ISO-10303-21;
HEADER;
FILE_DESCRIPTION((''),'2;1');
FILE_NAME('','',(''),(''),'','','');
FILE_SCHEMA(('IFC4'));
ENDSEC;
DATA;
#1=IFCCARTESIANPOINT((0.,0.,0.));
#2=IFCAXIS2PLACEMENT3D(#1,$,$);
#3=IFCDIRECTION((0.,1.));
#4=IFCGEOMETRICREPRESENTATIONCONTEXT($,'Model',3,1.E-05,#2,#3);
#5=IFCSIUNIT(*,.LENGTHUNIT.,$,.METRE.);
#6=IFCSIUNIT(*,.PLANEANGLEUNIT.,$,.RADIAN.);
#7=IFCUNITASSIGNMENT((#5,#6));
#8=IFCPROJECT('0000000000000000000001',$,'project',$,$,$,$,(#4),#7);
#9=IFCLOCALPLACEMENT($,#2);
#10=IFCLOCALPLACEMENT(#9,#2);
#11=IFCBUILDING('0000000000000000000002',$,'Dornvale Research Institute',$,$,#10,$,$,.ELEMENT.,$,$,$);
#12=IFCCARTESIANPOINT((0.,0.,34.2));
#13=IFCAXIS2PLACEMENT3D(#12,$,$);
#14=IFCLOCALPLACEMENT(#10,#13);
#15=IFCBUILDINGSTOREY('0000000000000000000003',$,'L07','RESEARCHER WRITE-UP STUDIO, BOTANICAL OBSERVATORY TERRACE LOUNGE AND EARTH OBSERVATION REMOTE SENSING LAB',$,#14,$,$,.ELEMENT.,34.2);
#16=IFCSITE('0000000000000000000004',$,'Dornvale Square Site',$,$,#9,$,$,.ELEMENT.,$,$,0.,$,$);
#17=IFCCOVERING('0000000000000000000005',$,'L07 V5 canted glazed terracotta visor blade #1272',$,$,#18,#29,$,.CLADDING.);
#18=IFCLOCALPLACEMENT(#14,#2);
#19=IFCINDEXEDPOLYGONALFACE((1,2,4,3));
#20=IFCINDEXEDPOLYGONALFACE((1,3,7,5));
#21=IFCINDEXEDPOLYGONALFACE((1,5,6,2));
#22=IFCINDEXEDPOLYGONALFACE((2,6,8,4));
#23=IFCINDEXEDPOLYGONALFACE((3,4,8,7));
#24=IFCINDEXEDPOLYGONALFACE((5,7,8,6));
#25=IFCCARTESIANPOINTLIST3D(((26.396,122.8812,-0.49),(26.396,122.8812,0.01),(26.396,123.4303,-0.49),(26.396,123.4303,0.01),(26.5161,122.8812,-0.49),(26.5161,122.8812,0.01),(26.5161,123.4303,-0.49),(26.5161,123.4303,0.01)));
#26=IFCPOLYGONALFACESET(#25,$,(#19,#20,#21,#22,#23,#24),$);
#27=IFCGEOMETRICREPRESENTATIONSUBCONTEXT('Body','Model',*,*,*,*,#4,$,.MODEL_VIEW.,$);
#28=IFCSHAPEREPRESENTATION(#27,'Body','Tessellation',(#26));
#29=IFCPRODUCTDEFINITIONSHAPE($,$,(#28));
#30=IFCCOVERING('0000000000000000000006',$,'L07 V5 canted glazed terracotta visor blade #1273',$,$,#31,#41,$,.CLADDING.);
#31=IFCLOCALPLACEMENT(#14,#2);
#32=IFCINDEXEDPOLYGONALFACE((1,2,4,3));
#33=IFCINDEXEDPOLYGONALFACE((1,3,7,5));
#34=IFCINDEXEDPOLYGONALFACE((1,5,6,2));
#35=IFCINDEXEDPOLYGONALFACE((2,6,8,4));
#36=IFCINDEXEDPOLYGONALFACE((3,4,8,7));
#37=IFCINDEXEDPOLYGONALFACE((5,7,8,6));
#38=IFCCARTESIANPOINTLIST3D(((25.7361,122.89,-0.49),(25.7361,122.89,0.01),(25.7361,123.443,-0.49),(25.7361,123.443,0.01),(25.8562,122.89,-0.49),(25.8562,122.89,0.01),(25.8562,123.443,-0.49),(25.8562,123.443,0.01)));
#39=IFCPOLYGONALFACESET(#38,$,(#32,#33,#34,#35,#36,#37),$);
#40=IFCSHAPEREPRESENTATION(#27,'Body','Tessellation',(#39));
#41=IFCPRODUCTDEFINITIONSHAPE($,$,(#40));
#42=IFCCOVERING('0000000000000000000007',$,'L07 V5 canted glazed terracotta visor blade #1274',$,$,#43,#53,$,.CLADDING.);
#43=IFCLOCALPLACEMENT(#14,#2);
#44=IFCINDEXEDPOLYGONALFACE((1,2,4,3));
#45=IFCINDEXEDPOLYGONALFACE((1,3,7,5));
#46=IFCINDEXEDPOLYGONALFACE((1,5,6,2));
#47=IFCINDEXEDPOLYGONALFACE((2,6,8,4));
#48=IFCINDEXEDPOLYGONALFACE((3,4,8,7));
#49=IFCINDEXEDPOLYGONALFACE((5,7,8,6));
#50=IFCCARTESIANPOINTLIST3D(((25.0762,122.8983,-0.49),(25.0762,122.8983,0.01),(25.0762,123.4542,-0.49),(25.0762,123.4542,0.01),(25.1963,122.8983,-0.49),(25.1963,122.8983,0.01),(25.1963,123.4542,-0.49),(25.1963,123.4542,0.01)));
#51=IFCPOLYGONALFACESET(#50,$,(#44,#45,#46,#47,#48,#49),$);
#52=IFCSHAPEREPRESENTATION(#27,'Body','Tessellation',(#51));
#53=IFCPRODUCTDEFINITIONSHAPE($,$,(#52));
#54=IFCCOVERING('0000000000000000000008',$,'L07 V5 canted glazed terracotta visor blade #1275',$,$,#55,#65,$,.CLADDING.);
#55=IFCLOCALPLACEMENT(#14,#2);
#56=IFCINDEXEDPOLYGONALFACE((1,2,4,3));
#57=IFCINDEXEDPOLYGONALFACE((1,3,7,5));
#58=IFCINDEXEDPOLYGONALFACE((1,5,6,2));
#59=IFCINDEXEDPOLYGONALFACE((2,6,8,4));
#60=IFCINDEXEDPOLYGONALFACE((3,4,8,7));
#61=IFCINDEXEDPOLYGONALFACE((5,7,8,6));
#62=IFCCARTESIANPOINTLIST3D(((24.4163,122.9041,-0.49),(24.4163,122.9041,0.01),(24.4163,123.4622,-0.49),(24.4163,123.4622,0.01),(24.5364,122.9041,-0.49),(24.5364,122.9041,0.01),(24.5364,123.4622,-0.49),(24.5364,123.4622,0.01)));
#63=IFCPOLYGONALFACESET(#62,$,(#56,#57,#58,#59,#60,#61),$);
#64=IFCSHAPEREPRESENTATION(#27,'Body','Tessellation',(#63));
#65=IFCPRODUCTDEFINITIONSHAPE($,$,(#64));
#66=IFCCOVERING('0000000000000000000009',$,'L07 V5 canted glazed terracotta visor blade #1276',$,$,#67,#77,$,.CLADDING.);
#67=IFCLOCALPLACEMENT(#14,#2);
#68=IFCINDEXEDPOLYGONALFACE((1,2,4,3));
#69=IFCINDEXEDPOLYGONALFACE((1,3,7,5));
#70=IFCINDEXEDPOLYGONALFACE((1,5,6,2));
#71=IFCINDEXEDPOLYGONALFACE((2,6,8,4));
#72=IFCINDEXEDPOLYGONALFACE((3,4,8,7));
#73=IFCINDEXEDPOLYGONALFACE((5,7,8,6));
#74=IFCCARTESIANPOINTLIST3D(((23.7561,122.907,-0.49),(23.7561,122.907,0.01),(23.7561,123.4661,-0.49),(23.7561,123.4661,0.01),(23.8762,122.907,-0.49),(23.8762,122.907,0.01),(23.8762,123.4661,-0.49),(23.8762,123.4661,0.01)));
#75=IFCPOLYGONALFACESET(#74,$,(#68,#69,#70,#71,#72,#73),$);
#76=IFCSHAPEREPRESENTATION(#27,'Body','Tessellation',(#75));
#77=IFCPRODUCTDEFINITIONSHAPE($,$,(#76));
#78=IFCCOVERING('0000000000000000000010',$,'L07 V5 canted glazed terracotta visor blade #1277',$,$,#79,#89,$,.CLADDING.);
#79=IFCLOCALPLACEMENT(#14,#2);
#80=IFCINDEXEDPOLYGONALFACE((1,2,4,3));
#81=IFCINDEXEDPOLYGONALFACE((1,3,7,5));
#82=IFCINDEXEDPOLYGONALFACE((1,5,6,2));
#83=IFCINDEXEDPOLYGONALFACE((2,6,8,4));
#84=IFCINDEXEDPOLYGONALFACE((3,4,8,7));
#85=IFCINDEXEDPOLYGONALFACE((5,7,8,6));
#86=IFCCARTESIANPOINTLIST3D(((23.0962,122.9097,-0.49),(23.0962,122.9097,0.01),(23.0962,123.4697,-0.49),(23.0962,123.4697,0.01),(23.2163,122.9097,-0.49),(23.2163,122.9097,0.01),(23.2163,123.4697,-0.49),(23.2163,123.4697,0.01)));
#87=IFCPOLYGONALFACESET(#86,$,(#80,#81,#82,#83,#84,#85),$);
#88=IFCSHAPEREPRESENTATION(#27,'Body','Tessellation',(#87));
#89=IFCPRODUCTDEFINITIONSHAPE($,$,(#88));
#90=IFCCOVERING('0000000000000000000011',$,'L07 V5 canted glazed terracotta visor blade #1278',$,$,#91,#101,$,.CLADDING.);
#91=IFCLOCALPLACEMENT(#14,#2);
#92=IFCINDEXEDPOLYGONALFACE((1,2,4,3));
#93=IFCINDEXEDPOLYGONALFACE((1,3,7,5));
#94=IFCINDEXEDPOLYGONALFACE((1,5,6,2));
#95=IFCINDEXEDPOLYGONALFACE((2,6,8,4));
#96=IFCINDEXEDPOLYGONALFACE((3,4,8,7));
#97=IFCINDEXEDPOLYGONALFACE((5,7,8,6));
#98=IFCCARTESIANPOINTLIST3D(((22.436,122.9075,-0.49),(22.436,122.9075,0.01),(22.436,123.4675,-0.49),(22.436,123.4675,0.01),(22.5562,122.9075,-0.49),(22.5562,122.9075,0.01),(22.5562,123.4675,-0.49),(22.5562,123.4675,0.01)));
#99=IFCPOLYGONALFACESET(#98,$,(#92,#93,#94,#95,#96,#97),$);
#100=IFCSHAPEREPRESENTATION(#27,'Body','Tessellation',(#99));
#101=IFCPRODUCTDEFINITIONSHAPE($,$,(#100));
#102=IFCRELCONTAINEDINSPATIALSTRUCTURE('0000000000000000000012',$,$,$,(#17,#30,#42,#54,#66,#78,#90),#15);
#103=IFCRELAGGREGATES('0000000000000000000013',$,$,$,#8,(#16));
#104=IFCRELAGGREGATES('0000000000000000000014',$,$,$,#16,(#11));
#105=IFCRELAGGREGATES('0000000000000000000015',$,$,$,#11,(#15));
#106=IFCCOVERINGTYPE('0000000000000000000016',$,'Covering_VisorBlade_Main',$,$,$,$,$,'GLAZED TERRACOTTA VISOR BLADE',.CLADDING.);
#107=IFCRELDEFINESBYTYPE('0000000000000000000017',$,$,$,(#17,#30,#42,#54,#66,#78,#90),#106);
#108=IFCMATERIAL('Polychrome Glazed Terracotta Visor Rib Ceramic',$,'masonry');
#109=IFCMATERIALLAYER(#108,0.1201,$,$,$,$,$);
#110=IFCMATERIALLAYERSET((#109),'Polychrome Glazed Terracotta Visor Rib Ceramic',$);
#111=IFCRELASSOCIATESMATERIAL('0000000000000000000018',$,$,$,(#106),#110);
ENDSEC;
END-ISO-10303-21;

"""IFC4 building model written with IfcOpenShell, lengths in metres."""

from ifc_helpers import new_model, si_unit, direction, frame, origin, origin_2d, place, context, subcontext, project, spatial, rectangle, extrude, material, layer, layer_set, type_object, element, save


model = new_model("IFC4")

# Units and contexts
model_context = context("Model", 3, precision=1e-05, world=origin(), true_north=direction((0.0, 1.0)))
body_context = subcontext(model_context, "Body", "Model", "MODEL_VIEW")
ifc_project = project(units=[si_unit("LENGTHUNIT", "METRE"), si_unit("PLANEANGLEUNIT", "RADIAN")], contexts=[model_context])

# Site, building, storey
site_placement = place(None, origin())
site = spatial("IfcSite", under=ifc_project, at=site_placement, Name="Dornvale Square Site", CompositionType="ELEMENT", RefElevation=0.0)
building_placement = place(site_placement, origin())
building = spatial("IfcBuilding", under=site, at=building_placement, Name="Dornvale Research Institute", CompositionType="ELEMENT")
storey_placement = place(building_placement, frame((0.0, 0.0, 34.2)))
storey = spatial("IfcBuildingStorey", under=building, at=storey_placement, Name="L07", Description="RESEARCHER WRITE-UP STUDIO, BOTANICAL OBSERVATORY TERRACE LOUNGE AND EARTH OBSERVATION REMOTE SENSING LAB", CompositionType="ELEMENT", Elevation=34.2)

# Coverings
ifc_material_1 = material(Name="Polychrome Glazed Terracotta Visor Rib Ceramic", Category="masonry")
ifc_layer = layer(ifc_material_1, 0.1201)
ifc_layer_set = layer_set([ifc_layer], Name="Polychrome Glazed Terracotta Visor Rib Ceramic")
covering_type = type_object("IfcCoveringType", Name="Covering_VisorBlade_Main", ElementType="GLAZED TERRACOTTA VISOR BLADE", PredefinedType="CLADDING", material=ifc_layer_set)
covering_1_placement = place(storey_placement, frame((26.4561, 123.1558, -0.49), z_axis=(0.0, 0.0, 1.0), x_axis=(0.0, 1.0, 0.0)))
element("IfcCovering", 1, at=covering_1_placement, inside=storey, type_object=covering_type, Name="L07 V5 canted glazed terracotta visor blade #1272", PredefinedType="CLADDING", context=body_context, shape_type="SweptSolid", body=[
    extrude(rectangle(XDim=0.5491, YDim=0.1201, at=origin_2d()), origin(), (0.0, 0.0, 1.0), 0.5),
])
covering_2_placement = place(storey_placement, frame((25.7961, 123.1665, -0.49), z_axis=(0.0, 0.0, 1.0), x_axis=(0.0, 1.0, 0.0)))
element("IfcCovering", 2, at=covering_2_placement, inside=storey, type_object=covering_type, Name="L07 V5 canted glazed terracotta visor blade #1273", PredefinedType="CLADDING", context=body_context, shape_type="SweptSolid", body=[
    extrude(rectangle(XDim=0.553, YDim=0.1201, at=origin_2d()), origin(), (0.0, 0.0, 1.0), 0.5),
])
covering_3_placement = place(storey_placement, frame((25.1362, 123.1763, -0.49), z_axis=(0.0, 0.0, 1.0), x_axis=(0.0, 1.0, 0.0)))
element("IfcCovering", 3, at=covering_3_placement, inside=storey, type_object=covering_type, Name="L07 V5 canted glazed terracotta visor blade #1274", PredefinedType="CLADDING", context=body_context, shape_type="SweptSolid", body=[
    extrude(rectangle(XDim=0.5559, YDim=0.1201, at=origin_2d()), origin(), (0.0, 0.0, 1.0), 0.5),
])
covering_4_placement = place(storey_placement, frame((24.4763, 123.1831, -0.49), z_axis=(0.0, 0.0, 1.0), x_axis=(0.0, 1.0, 0.0)))
element("IfcCovering", 4, at=covering_4_placement, inside=storey, type_object=covering_type, Name="L07 V5 canted glazed terracotta visor blade #1275", PredefinedType="CLADDING", context=body_context, shape_type="SweptSolid", body=[
    extrude(rectangle(XDim=0.5581, YDim=0.1201, at=origin_2d()), origin(), (0.0, 0.0, 1.0), 0.5),
])
covering_5_placement = place(storey_placement, frame((23.8162, 123.1865, -0.49), z_axis=(0.0, 0.0, 1.0), x_axis=(0.0, 1.0, 0.0)))
element("IfcCovering", 5, at=covering_5_placement, inside=storey, type_object=covering_type, Name="L07 V5 canted glazed terracotta visor blade #1276", PredefinedType="CLADDING", context=body_context, shape_type="SweptSolid", body=[
    extrude(rectangle(XDim=0.5591, YDim=0.1201, at=origin_2d()), origin(), (0.0, 0.0, 1.0), 0.5),
])
for number, where, z_axis, x_axis, name in (
    (6, (23.1562, 123.1897, -0.49), (0.0, 0.0, 1.0), (0.0, 1.0, 0.0), "L07 V5 canted glazed terracotta visor blade #1277"),
    (7, (22.4961, 123.1875, -0.49), (0.0, 0.0, 1.0), (0.0, 1.0, 0.0), "L07 V5 canted glazed terracotta visor blade #1278"),
):
    element("IfcCovering", number, at=place(storey_placement, frame(where, z_axis=z_axis, x_axis=x_axis)), inside=storey, type_object=covering_type, Name=name, PredefinedType="CLADDING", context=body_context, shape_type="SweptSolid", body=[
        extrude(rectangle(XDim=0.5601, YDim=0.1201, at=origin_2d()), origin(), (0.0, 0.0, 1.0), 0.5),
    ])

save(model, "model.ifc")
